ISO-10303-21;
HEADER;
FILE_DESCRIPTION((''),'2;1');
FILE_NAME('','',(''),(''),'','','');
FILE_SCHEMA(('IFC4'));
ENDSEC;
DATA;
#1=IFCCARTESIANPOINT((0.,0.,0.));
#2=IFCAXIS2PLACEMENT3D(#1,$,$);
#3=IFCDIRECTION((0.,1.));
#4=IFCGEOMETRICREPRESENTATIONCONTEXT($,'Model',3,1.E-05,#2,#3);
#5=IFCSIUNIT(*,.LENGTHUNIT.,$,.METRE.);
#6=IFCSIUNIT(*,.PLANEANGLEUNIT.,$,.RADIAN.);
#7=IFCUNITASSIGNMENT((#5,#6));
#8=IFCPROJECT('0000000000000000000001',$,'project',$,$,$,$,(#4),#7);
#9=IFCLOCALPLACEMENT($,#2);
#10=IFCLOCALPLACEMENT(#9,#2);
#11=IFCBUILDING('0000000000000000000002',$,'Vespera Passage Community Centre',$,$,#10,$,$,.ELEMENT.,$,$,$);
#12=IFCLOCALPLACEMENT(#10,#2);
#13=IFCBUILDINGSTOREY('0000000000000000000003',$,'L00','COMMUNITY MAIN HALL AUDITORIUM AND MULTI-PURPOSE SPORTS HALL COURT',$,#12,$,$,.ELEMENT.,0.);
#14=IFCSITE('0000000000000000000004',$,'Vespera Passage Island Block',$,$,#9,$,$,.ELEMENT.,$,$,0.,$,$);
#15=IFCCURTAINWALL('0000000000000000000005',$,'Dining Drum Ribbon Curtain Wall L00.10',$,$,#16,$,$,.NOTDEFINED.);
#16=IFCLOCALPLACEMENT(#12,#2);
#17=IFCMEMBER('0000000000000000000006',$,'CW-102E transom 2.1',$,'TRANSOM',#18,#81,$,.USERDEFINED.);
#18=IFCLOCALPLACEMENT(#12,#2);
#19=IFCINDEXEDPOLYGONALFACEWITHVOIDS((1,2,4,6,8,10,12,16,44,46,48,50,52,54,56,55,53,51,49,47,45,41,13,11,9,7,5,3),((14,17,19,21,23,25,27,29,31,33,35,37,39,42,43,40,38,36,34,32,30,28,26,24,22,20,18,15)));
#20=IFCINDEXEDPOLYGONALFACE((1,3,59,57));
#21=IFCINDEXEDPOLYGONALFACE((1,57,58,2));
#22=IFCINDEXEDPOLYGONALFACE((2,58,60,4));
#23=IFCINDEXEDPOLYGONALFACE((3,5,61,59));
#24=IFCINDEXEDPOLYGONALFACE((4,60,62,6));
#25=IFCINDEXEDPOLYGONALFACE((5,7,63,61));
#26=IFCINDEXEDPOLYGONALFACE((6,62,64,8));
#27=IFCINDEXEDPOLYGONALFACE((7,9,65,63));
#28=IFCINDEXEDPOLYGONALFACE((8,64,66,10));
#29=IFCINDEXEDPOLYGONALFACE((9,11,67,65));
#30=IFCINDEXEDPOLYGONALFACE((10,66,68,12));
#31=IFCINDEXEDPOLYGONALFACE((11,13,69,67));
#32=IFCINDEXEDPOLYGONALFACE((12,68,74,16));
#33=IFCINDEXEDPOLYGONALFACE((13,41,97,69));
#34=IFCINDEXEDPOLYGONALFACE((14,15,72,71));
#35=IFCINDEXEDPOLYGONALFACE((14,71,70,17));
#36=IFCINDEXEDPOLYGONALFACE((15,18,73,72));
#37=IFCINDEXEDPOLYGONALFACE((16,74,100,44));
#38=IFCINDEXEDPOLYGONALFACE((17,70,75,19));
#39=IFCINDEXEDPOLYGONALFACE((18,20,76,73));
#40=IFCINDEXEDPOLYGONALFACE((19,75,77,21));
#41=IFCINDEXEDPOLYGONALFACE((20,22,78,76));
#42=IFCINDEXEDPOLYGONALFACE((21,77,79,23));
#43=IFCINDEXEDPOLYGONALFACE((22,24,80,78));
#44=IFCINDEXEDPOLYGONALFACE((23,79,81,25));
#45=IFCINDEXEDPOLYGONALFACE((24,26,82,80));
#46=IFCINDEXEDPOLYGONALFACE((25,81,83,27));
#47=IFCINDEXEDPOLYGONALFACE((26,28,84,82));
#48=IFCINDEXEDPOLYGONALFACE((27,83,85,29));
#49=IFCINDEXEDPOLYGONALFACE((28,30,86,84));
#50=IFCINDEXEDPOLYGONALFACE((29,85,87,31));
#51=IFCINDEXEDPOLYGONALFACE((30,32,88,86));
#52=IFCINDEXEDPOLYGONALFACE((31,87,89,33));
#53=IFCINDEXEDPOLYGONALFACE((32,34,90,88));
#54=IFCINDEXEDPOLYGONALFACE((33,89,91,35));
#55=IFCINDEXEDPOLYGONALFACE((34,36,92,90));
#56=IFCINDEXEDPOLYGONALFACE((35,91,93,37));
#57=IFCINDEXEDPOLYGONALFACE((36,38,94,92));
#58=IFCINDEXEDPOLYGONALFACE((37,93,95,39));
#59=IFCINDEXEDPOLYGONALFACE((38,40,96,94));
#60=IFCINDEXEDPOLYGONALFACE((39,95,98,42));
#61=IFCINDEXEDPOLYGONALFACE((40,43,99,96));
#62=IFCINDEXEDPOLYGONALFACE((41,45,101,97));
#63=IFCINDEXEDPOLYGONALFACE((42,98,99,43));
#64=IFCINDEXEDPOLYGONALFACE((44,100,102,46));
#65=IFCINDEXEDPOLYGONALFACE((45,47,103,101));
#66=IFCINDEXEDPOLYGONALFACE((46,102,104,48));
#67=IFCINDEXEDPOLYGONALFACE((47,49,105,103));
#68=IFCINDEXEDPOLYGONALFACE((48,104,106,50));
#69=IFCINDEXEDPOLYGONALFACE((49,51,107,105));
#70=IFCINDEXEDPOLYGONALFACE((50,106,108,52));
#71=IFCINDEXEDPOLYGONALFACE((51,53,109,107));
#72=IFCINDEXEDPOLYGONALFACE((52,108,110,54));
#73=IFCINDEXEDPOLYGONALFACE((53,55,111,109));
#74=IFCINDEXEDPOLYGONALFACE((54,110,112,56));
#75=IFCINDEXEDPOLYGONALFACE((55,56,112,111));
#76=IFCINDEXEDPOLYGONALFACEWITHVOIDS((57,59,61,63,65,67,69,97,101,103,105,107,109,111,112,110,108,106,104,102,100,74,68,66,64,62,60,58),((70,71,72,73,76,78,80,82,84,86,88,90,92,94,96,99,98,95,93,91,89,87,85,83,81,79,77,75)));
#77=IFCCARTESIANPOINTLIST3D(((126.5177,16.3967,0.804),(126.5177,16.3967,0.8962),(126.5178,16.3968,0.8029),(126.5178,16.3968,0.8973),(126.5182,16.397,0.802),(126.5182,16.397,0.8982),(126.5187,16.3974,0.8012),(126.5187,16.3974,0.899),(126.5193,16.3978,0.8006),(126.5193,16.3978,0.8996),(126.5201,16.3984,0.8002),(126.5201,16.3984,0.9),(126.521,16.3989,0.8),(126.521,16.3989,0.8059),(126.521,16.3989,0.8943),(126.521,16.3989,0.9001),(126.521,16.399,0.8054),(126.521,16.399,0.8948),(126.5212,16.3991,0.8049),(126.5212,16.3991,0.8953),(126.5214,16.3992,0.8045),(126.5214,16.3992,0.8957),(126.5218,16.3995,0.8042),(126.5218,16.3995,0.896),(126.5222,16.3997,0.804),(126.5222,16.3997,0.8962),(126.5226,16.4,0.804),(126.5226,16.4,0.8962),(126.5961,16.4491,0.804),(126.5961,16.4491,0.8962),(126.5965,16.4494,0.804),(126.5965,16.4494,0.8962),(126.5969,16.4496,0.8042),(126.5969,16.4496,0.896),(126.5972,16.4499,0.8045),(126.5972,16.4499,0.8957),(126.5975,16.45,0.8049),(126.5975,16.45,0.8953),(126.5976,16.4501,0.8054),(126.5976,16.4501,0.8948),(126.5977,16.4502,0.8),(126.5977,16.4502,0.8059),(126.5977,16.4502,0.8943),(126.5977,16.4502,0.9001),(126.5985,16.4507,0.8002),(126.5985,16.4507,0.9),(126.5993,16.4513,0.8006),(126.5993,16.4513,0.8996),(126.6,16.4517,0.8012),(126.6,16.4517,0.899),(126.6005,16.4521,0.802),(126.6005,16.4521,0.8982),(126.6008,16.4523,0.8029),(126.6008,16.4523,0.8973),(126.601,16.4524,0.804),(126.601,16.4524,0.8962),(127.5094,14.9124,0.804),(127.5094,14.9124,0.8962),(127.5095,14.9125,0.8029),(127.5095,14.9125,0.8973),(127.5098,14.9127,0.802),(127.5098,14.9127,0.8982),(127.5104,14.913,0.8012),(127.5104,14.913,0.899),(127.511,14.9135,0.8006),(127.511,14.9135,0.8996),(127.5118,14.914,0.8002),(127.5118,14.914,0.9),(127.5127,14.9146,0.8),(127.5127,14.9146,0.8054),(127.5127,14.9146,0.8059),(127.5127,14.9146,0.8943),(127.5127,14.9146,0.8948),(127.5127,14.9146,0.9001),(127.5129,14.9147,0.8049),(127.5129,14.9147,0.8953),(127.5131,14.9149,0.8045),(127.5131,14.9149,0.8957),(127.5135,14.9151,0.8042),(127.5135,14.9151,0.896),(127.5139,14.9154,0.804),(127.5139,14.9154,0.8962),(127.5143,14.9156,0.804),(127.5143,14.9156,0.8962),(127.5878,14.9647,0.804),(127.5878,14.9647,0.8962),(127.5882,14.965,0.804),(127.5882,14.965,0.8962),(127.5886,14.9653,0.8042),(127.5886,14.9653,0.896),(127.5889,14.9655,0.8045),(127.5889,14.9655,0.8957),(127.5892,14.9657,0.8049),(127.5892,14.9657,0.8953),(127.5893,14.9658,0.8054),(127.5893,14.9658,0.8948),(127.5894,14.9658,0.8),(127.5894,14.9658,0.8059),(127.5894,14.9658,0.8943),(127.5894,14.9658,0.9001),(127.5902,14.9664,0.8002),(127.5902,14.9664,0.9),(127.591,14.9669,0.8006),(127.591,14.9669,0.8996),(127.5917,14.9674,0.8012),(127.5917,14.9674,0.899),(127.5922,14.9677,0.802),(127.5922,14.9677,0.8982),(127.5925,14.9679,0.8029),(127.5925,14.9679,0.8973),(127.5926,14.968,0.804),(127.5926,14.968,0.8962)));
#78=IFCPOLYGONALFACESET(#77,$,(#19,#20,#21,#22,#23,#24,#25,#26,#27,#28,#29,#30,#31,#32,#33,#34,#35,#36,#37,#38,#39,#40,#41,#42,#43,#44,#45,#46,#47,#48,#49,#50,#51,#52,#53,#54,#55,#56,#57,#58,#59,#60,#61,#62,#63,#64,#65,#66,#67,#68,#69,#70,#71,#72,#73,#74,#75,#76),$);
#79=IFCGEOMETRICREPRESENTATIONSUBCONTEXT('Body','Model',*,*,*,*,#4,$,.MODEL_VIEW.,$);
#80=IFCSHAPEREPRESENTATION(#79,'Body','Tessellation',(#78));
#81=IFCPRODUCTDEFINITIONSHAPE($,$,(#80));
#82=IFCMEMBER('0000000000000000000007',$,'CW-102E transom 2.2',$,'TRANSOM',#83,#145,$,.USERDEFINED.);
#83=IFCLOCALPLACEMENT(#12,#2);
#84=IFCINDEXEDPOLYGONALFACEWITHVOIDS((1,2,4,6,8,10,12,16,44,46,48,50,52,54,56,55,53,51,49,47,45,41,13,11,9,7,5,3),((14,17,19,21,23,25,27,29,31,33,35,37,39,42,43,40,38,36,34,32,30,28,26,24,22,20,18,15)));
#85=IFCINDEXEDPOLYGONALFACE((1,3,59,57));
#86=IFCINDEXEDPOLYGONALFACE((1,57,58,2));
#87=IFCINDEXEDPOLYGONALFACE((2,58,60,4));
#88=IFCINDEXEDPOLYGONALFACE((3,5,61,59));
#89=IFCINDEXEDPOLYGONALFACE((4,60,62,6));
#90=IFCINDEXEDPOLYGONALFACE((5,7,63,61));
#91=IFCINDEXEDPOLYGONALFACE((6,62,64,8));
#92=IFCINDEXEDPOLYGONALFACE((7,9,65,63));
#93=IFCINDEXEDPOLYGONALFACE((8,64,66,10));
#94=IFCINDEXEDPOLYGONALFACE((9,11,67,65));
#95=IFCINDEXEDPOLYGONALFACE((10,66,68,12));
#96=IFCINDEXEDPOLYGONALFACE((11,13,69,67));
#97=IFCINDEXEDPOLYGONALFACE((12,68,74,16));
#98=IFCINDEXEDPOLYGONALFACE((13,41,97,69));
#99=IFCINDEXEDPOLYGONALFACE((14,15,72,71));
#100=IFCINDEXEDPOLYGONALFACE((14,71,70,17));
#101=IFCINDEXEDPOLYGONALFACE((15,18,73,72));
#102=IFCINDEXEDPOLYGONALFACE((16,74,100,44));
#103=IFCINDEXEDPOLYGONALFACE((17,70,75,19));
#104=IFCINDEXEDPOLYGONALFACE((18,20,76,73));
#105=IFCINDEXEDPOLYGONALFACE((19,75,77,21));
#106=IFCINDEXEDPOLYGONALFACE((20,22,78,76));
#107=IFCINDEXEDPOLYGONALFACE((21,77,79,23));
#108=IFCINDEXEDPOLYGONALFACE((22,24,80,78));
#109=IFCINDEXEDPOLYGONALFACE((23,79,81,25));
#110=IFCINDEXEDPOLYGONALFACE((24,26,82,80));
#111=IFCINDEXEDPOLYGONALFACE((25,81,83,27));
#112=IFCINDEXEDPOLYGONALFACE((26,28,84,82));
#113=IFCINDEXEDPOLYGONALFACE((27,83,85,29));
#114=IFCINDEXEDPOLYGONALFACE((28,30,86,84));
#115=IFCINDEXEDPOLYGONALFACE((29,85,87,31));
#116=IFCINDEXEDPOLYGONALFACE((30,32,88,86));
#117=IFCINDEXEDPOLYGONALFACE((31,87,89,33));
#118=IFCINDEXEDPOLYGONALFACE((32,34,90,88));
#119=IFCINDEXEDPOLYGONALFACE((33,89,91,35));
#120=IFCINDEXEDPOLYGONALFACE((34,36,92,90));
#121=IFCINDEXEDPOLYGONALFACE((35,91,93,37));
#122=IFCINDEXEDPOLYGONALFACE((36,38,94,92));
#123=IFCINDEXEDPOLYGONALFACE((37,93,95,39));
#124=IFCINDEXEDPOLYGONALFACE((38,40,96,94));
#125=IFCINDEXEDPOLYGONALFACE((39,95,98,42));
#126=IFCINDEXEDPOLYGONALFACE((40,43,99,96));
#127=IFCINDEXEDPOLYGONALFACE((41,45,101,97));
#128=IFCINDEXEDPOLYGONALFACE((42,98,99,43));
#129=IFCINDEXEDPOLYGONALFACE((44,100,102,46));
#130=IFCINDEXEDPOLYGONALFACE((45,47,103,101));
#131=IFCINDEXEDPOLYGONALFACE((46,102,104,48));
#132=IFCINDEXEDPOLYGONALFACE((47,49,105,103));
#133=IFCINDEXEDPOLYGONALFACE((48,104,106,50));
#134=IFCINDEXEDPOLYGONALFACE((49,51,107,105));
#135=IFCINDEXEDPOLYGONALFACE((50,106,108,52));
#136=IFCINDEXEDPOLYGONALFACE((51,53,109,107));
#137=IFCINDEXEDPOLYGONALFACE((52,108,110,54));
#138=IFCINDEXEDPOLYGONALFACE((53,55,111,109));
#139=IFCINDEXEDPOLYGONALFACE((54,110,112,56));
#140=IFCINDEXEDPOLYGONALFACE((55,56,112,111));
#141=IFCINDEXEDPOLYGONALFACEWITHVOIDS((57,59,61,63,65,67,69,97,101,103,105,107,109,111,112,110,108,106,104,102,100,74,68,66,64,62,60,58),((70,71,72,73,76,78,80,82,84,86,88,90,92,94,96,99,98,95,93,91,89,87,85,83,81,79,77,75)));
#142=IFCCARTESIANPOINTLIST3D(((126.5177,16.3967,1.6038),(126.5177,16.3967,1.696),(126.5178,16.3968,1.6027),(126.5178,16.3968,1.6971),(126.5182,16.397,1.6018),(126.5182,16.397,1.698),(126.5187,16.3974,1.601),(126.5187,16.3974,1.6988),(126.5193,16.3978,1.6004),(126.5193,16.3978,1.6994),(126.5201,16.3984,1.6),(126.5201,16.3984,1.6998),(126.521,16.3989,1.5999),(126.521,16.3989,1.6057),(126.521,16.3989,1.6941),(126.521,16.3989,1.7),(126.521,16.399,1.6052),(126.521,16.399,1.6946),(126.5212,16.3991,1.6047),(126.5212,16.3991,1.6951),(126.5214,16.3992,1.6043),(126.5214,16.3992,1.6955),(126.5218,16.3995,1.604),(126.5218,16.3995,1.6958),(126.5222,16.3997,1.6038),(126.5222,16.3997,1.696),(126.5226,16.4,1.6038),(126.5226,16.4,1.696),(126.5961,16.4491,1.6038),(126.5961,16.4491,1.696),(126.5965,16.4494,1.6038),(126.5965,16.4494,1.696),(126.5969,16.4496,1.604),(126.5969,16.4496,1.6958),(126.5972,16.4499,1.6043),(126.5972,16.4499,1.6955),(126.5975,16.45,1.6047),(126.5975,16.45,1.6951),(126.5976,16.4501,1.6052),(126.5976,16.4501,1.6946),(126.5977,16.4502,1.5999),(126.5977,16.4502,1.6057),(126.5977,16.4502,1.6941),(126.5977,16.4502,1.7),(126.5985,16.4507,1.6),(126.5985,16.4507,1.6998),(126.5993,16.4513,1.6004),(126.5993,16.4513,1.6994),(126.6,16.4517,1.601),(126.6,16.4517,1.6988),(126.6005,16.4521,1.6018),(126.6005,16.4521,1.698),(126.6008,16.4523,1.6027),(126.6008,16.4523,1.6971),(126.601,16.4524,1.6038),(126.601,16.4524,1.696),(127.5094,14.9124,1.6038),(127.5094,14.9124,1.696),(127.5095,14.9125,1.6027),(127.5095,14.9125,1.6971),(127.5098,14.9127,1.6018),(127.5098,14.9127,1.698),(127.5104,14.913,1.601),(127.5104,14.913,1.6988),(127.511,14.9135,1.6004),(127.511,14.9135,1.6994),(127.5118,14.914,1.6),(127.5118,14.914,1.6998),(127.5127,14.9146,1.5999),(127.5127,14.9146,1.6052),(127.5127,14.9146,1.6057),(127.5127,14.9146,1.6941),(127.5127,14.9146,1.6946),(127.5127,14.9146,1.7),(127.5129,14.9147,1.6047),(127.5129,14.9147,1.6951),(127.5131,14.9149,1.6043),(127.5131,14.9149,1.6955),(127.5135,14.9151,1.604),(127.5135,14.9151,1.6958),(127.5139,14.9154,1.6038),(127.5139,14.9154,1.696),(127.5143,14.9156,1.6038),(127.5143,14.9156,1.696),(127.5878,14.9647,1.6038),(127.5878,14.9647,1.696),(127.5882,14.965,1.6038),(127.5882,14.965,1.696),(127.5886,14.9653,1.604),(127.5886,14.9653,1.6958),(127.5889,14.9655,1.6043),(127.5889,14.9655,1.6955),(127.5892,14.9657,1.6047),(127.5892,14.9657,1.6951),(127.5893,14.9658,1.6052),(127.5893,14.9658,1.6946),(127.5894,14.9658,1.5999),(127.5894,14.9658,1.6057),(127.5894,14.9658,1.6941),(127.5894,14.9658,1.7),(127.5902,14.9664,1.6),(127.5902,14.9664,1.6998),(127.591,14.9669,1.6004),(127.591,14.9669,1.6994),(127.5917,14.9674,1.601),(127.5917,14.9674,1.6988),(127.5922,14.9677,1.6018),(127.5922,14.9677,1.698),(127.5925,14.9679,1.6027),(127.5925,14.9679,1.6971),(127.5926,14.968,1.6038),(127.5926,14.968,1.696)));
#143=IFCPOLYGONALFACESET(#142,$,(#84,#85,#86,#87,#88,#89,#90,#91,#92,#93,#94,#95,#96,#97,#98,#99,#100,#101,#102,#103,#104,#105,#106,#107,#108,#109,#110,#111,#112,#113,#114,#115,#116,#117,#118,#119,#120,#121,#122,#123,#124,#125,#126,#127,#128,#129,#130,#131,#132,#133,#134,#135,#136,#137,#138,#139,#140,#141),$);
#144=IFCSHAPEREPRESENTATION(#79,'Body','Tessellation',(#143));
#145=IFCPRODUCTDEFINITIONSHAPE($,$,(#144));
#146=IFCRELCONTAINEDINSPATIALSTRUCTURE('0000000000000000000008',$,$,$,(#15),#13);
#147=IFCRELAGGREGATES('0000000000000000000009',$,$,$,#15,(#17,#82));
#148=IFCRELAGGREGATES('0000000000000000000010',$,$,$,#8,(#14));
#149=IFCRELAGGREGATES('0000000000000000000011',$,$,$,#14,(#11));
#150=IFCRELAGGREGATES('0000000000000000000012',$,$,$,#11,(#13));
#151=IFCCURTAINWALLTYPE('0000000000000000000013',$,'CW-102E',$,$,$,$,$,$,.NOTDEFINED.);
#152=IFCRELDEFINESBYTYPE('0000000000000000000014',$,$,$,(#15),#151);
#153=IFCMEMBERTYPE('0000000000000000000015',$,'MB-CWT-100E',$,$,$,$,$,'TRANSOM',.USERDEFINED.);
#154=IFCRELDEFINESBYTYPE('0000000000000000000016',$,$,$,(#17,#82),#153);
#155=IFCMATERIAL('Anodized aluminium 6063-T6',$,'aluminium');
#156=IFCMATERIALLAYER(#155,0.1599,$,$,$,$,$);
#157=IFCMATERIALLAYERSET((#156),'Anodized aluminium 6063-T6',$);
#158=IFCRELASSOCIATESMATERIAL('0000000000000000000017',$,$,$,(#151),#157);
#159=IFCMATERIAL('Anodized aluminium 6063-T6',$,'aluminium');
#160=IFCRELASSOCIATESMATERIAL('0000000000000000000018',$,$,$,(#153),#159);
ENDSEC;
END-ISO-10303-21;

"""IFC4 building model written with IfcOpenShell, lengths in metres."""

from ifc_helpers import new_model, si_unit, direction, frame, origin, origin_2d, place, context, subcontext, project, spatial, hollow_rectangle, extrude, material, layer, layer_set, material_profile, profile_set, type_object, element, aggregate, save


model = new_model("IFC4")

# Units and contexts
model_context = context("Model", 3, precision=1e-05, world=origin(), true_north=direction((0.0, 1.0)))
body_context = subcontext(model_context, "Body", "Model", "MODEL_VIEW")
ifc_project = project(units=[si_unit("LENGTHUNIT", "METRE"), si_unit("PLANEANGLEUNIT", "RADIAN")], contexts=[model_context])

# Site, building, storey
site_placement = place(None, origin())
site = spatial("IfcSite", under=ifc_project, at=site_placement, Name="Vespera Passage Island Block", CompositionType="ELEMENT", RefElevation=0.0)
building_placement = place(site_placement, origin())
building = spatial("IfcBuilding", under=site, at=building_placement, Name="Vespera Passage Community Centre", CompositionType="ELEMENT")
storey_placement = place(building_placement, origin())
storey = spatial("IfcBuildingStorey", under=building, at=storey_placement, Name="L00", Description="COMMUNITY MAIN HALL AUDITORIUM AND MULTI-PURPOSE SPORTS HALL COURT", CompositionType="ELEMENT", Elevation=0.0)

# Curtain wall
ifc_material_1 = material(Name="Anodized aluminium 6063-T6", Category="aluminium")
ifc_layer_1 = layer(ifc_material_1, 0.1599)
ifc_layer_set_1 = layer_set([ifc_layer_1], Name="Anodized aluminium 6063-T6")
curtain_wall_type_1 = type_object("IfcCurtainWallType", Name="CW-102E", PredefinedType="NOTDEFINED", material=ifc_layer_set_1)
curtain_wall_1_placement = place(storey_placement, origin())
curtain_wall_1 = element("IfcCurtainWall", 1, at=curtain_wall_1_placement, inside=storey, type_object=curtain_wall_type_1, Name="Dining Drum Ribbon Curtain Wall L00.10", PredefinedType="NOTDEFINED")

# Members
ifc_material_2 = material(Name="Anodized aluminium 6063-T6", Category="aluminium")
ifc_material_profile_1 = material_profile(ifc_material_2, hollow_rectangle(XDim=0.1001, YDim=0.1001, WallThickness=0.0039, InnerFilletRadius=0.002, OuterFilletRadius=0.0039, at=origin_2d()), Name="ALU100X100X4")
ifc_profile_set_1 = profile_set([ifc_material_profile_1], Name="Anodized aluminium 6063-T6")
member_type_1 = type_object("IfcMemberType", Name="MB-CWT-100E", ElementType="TRANSOM", PredefinedType="USERDEFINED", material=ifc_profile_set_1)
member_1_placement = place(storey_placement, frame((127.551, 14.9402, 0.8501), z_axis=(-0.55552, 0.831503, 0.0), x_axis=(-0.831503, -0.55552, 0.0)))
member_1 = element("IfcMember", 2, at=member_1_placement, type_object=member_type_1, Name="CW-102E transom 2.1", ObjectType="TRANSOM", PredefinedType="USERDEFINED", context=body_context, shape_type="SweptSolid", body=[
    extrude(hollow_rectangle(XDim=0.1001, YDim=0.1001, WallThickness=0.0039, InnerFilletRadius=0.002, OuterFilletRadius=0.0039, at=origin_2d()), origin(), (0.0, 0.0, 1.0), 1.7852),
])
member_2_placement = place(storey_placement, frame((127.551, 14.9402, 1.6499), z_axis=(-0.55552, 0.831503, 0.0), x_axis=(-0.831503, -0.55552, 0.0)))
member_2 = element("IfcMember", 3, at=member_2_placement, type_object=member_type_1, Name="CW-102E transom 2.2", ObjectType="TRANSOM", PredefinedType="USERDEFINED", context=body_context, shape_type="SweptSolid", body=[
    extrude(hollow_rectangle(XDim=0.1001, YDim=0.1001, WallThickness=0.0039, InnerFilletRadius=0.002, OuterFilletRadius=0.0039, at=origin_2d()), origin(), (0.0, 0.0, 1.0), 1.7852),
])

aggregate(curtain_wall_1, [member_1, member_2])

save(model, "model.ifc")
